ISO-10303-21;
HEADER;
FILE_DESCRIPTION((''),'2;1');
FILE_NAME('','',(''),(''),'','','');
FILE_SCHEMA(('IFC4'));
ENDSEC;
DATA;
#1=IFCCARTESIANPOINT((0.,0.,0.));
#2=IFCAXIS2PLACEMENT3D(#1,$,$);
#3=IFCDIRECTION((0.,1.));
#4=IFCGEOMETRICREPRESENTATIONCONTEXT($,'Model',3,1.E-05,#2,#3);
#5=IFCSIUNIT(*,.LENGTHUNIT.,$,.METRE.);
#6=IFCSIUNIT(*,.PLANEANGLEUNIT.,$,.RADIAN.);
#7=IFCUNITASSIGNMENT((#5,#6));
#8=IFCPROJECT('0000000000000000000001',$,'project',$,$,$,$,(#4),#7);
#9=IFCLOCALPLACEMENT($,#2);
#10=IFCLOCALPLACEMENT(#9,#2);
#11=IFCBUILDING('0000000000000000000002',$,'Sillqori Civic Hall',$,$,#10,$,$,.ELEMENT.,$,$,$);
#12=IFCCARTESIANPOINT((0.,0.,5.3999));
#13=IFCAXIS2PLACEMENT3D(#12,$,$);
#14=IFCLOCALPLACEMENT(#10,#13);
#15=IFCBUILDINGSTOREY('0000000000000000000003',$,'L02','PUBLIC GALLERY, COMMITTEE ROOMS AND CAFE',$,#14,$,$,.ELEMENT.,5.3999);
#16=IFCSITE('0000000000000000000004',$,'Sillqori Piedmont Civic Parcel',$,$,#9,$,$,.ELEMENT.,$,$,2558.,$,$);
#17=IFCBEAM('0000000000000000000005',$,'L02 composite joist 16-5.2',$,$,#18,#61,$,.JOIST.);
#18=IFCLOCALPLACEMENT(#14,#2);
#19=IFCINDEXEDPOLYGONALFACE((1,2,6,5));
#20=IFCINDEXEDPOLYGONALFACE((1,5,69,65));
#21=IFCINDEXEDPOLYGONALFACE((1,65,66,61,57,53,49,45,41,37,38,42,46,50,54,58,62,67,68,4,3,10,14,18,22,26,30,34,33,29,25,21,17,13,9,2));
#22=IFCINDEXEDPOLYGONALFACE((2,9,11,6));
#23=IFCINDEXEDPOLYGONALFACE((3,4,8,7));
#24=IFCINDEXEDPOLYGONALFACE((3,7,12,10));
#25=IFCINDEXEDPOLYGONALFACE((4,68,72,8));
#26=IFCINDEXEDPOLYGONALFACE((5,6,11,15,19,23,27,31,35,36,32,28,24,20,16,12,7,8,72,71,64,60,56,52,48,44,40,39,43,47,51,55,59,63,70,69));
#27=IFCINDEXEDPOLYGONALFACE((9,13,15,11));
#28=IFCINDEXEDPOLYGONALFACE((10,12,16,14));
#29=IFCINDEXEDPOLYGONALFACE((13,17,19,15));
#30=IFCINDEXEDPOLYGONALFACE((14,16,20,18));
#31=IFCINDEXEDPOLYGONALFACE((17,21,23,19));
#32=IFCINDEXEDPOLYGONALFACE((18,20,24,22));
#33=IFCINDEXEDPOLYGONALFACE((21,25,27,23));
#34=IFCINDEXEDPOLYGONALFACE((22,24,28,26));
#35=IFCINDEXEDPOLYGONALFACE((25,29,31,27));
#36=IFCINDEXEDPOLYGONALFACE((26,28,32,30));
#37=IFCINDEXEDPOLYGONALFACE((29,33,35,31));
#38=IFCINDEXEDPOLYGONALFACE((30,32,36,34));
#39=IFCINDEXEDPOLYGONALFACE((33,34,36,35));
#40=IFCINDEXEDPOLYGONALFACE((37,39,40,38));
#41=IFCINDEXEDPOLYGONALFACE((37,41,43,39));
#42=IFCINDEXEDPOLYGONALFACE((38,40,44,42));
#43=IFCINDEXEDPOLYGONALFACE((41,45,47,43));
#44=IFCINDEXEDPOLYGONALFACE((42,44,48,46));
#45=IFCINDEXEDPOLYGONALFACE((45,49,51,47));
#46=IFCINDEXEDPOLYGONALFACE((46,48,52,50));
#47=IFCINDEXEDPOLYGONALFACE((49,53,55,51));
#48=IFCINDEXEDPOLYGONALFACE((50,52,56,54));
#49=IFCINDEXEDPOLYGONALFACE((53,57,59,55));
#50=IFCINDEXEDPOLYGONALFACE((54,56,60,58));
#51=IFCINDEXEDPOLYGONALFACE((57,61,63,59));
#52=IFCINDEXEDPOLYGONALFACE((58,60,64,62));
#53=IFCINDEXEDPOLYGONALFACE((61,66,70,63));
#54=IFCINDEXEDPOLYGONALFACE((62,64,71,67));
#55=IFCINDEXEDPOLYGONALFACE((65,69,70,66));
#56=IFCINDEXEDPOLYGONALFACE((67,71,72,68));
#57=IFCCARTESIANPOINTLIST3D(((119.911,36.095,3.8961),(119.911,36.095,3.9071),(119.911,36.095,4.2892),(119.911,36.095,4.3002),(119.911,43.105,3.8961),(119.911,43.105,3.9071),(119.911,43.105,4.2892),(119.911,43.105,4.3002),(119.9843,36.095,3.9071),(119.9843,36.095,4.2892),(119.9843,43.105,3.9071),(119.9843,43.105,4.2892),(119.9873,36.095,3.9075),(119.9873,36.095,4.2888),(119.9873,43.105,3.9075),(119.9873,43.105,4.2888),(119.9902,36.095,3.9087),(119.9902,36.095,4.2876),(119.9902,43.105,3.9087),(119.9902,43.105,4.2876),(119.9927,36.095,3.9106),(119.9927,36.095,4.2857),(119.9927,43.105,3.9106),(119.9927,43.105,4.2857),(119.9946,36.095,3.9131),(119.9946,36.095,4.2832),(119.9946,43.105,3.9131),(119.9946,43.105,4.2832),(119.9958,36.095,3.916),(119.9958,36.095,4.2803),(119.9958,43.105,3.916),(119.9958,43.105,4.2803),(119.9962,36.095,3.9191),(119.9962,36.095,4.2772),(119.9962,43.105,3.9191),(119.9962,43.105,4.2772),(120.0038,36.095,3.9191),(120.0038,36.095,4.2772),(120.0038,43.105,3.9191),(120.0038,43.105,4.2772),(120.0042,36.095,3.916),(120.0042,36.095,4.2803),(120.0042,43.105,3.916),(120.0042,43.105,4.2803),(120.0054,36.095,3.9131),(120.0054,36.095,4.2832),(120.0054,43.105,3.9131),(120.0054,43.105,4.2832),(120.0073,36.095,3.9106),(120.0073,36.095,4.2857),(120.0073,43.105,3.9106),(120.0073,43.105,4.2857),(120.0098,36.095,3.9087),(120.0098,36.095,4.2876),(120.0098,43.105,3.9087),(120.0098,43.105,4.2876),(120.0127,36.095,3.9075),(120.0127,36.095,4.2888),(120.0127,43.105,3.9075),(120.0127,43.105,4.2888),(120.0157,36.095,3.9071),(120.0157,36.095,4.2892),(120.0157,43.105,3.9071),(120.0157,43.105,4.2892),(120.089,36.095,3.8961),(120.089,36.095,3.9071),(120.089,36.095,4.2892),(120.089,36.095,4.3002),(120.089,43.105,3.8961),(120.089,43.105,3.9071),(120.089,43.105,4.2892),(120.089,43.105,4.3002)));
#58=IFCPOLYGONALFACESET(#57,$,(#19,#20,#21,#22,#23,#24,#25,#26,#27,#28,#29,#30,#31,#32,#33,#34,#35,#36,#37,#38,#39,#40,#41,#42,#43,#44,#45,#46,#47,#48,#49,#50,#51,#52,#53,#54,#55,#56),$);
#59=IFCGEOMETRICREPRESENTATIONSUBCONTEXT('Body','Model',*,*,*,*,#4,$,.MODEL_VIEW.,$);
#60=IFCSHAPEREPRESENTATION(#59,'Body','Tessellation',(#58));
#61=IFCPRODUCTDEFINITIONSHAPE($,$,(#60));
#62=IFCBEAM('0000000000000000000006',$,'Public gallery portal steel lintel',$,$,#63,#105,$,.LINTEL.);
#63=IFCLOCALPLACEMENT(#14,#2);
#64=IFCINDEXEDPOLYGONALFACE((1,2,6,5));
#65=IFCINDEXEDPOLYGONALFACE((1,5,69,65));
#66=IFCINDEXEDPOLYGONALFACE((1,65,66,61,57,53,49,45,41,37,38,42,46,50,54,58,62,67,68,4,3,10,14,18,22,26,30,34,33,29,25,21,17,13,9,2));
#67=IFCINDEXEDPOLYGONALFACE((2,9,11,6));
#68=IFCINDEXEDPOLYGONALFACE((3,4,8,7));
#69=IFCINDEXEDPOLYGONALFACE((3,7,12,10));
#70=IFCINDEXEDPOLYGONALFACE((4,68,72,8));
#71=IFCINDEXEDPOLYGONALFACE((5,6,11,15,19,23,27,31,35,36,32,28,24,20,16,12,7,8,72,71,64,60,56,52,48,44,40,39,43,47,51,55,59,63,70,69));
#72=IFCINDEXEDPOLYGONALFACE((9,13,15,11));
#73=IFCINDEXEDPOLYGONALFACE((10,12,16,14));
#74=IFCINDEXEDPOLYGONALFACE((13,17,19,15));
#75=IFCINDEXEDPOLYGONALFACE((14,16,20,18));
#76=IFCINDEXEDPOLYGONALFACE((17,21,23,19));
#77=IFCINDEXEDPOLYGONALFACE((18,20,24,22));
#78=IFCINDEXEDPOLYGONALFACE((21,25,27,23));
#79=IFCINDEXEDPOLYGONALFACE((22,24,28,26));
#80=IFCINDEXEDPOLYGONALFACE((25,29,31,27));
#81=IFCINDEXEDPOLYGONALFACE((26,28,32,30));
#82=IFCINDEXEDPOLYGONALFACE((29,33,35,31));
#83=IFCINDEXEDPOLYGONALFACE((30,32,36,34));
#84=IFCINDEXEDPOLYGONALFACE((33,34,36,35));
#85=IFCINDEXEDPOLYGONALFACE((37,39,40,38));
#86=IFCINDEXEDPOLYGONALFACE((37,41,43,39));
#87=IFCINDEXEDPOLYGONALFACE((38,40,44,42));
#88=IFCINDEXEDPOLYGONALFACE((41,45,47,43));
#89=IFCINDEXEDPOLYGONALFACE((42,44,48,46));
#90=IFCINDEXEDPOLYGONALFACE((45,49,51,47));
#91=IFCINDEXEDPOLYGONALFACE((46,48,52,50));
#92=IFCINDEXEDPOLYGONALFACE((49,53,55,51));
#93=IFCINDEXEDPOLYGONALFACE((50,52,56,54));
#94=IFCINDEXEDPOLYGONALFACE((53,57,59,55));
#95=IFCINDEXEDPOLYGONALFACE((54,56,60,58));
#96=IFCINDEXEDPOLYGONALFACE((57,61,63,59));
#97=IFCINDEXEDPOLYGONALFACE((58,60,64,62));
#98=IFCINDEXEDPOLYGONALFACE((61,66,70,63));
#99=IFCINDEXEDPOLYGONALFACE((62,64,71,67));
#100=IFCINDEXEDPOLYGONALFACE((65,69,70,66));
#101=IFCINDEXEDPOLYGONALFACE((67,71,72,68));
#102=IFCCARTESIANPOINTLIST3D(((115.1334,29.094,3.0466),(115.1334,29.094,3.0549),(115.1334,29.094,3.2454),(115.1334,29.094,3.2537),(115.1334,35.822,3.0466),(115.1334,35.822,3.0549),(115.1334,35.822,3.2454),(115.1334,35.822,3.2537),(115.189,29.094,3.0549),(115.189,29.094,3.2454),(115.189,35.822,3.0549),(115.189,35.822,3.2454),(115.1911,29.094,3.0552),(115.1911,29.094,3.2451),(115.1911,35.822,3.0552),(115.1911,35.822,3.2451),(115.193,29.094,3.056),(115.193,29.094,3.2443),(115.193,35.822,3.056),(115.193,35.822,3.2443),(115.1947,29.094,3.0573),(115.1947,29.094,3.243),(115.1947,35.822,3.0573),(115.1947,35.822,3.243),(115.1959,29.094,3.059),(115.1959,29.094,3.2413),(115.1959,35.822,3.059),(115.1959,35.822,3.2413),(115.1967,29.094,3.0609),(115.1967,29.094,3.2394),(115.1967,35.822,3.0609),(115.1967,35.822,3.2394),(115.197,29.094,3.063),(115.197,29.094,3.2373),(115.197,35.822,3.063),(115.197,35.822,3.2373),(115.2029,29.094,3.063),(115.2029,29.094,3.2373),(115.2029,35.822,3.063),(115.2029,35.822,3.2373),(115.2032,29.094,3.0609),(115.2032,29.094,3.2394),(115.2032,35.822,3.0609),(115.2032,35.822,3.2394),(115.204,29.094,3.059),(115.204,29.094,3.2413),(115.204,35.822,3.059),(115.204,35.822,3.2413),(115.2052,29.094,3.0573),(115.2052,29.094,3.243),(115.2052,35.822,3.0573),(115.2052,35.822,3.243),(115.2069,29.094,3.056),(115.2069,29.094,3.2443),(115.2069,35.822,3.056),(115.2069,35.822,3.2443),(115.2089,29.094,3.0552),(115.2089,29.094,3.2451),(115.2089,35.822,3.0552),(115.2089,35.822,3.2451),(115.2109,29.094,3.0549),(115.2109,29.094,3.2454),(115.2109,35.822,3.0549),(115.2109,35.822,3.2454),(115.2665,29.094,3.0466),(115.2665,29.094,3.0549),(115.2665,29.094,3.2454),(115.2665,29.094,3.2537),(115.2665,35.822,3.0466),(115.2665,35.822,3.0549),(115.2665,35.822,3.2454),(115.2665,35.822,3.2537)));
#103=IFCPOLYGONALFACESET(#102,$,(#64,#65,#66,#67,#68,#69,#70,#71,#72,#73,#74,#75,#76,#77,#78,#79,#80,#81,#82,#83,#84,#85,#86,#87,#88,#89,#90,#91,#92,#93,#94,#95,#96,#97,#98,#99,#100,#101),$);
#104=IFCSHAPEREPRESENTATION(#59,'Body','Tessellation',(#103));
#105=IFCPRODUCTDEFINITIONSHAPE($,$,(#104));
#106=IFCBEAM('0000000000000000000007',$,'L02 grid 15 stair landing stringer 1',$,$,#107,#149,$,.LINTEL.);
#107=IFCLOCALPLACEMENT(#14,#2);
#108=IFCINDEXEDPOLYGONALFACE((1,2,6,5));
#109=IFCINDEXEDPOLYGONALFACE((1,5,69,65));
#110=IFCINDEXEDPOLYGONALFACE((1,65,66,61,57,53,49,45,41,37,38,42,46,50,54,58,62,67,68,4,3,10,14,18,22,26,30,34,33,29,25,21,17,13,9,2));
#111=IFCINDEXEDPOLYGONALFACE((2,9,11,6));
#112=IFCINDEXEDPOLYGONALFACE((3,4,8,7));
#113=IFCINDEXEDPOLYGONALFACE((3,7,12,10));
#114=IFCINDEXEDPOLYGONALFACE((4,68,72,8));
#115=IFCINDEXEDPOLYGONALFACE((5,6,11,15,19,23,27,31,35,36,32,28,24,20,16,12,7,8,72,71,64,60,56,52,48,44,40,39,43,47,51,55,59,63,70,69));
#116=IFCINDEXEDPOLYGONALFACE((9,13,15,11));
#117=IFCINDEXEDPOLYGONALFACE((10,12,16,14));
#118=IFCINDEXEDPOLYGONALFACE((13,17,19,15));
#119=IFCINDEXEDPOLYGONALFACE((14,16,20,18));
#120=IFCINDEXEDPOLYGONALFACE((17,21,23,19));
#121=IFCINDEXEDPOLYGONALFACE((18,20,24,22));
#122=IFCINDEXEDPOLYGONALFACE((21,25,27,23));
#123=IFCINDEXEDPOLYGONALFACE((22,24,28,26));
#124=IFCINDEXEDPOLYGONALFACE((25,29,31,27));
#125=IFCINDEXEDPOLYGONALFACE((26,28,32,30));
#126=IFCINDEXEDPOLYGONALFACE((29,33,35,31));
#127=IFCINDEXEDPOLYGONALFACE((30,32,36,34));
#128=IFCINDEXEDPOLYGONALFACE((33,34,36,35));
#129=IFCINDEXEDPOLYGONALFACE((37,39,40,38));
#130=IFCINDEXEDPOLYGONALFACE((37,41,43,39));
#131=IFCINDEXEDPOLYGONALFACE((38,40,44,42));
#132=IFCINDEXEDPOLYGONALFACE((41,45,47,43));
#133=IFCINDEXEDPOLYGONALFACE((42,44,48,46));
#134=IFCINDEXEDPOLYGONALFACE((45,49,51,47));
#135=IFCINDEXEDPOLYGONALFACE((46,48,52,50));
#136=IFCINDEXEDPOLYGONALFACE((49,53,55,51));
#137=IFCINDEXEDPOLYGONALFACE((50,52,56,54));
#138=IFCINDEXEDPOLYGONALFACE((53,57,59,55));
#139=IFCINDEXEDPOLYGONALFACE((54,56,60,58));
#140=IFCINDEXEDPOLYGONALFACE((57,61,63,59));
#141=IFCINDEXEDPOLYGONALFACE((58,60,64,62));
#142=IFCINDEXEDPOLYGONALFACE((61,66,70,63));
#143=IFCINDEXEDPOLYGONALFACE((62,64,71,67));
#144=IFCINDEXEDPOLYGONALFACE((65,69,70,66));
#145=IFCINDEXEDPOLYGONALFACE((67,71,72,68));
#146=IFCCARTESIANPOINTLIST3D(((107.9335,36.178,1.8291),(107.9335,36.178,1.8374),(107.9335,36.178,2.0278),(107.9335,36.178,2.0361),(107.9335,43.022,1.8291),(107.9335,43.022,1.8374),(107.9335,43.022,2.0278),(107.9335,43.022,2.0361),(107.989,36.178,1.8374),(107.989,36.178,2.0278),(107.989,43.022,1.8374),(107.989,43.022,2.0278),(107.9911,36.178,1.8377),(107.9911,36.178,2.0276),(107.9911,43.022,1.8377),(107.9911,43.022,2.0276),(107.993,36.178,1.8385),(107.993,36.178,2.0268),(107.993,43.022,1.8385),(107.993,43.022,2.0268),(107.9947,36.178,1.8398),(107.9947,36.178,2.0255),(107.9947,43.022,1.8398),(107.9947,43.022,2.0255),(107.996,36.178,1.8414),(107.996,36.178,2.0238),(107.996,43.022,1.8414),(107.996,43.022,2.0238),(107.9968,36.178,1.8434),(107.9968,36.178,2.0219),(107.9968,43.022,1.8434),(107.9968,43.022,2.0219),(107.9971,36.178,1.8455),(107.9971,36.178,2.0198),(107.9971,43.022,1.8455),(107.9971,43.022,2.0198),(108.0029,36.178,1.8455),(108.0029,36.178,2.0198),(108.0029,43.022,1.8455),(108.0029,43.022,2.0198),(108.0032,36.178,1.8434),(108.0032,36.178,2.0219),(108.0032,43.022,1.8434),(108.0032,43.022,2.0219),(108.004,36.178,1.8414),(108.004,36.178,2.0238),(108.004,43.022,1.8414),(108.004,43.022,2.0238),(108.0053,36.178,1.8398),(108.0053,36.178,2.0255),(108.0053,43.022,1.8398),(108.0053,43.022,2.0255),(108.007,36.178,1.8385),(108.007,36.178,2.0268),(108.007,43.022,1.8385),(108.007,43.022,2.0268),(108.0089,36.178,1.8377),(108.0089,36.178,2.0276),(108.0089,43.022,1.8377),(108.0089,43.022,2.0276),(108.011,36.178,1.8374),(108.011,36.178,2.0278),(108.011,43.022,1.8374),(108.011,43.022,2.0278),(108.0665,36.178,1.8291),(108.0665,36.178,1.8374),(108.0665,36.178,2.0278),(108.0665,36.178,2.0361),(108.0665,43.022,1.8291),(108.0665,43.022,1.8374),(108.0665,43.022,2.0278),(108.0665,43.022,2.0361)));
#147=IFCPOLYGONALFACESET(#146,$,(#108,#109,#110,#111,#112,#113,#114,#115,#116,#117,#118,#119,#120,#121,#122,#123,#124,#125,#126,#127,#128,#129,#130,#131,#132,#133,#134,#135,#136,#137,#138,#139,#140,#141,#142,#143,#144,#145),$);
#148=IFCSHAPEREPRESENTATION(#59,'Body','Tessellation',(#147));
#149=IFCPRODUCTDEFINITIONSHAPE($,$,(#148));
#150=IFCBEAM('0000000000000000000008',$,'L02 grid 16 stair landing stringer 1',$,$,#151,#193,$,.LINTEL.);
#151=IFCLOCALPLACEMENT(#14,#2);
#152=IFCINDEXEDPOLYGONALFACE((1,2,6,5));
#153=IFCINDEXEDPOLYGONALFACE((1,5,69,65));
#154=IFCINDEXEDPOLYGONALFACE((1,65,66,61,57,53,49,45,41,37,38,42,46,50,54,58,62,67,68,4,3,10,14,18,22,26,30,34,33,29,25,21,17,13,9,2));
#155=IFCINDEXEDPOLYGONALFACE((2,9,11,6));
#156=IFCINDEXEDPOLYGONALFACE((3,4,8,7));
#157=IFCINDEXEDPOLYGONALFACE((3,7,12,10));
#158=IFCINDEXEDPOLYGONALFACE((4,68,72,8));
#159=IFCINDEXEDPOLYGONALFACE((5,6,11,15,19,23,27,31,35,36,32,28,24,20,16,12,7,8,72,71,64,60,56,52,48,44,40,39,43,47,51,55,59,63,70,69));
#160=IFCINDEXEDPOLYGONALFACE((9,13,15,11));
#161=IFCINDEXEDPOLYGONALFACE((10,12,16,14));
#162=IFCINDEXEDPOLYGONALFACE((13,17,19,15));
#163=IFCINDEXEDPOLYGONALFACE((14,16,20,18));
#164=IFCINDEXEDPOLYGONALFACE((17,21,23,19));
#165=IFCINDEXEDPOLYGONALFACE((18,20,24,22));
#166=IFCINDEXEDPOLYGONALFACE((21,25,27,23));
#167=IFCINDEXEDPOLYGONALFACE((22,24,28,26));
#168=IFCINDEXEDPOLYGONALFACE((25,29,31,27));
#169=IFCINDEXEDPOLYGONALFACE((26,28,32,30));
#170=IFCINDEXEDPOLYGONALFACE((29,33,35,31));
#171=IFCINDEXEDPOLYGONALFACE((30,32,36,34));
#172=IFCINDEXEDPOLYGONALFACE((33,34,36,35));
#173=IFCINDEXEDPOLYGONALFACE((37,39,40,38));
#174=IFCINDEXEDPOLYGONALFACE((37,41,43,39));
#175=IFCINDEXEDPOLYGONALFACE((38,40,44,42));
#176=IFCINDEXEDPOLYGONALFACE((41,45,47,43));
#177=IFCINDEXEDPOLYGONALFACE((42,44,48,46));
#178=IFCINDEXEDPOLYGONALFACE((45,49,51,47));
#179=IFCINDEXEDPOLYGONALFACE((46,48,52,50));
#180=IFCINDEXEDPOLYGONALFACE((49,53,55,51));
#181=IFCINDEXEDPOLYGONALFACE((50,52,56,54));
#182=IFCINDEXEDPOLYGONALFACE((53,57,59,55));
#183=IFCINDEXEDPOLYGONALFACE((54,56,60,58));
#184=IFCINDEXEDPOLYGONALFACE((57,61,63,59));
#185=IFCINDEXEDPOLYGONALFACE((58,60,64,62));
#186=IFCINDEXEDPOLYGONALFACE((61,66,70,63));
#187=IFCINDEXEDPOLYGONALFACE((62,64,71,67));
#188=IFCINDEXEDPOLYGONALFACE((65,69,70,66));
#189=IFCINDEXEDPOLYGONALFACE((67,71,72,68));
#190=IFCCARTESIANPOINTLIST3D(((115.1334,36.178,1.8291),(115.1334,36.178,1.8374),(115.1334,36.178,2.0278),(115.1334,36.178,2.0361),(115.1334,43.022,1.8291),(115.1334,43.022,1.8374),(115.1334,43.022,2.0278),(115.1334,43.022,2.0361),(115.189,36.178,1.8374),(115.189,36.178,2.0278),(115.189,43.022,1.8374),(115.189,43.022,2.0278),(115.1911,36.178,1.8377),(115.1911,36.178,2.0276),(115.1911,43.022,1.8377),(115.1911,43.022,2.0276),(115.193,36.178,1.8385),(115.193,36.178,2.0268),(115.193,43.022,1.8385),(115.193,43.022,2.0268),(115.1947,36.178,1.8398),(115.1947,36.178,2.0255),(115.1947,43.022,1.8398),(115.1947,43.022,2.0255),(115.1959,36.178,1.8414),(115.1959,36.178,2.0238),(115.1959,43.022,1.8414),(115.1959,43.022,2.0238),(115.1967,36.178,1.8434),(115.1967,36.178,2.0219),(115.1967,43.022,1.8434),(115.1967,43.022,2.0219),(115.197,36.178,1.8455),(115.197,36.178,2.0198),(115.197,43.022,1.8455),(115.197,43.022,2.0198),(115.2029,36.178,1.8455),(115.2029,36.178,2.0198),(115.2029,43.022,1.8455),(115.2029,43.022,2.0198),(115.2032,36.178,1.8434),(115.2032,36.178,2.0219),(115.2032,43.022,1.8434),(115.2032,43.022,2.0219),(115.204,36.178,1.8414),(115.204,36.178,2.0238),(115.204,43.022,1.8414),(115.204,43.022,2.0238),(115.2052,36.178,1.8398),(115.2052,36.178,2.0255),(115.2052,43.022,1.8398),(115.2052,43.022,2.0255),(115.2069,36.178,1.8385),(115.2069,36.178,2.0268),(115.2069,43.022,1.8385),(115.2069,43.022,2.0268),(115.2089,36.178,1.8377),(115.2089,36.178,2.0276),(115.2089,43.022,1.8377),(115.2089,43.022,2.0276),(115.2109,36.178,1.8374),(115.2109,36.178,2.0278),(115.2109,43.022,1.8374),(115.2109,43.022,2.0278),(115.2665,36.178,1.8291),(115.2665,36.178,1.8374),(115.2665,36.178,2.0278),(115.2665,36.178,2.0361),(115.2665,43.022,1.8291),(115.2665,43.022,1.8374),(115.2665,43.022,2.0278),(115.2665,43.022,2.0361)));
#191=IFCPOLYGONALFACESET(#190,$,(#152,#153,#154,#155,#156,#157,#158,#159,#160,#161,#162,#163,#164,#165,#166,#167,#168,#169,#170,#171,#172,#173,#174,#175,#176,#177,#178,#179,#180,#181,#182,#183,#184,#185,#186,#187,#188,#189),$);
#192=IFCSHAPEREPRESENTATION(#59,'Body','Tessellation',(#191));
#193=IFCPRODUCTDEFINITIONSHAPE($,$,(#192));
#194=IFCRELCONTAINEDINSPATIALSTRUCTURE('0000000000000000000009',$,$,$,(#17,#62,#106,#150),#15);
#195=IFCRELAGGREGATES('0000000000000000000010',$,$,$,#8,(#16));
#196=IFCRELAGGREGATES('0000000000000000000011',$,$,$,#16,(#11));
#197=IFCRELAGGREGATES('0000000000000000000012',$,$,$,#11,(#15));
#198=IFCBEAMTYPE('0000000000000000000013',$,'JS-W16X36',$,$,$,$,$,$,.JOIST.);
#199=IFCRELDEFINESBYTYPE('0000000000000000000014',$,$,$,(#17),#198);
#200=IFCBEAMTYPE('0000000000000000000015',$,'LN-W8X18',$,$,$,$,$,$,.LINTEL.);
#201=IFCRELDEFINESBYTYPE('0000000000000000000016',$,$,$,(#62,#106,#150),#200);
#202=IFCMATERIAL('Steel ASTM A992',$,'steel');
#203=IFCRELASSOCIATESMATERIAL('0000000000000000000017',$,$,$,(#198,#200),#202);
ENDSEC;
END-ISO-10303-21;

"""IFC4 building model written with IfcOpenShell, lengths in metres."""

from ifc_helpers import new_model, si_unit, direction, frame, origin, origin_2d, place, context, subcontext, project, spatial, i_section, extrude, material, material_profile, profile_set, type_object, element, save


model = new_model("IFC4")

# Units and contexts
model_context = context("Model", 3, precision=1e-05, world=origin(), true_north=direction((0.0, 1.0)))
body_context = subcontext(model_context, "Body", "Model", "MODEL_VIEW")
ifc_project = project(units=[si_unit("LENGTHUNIT", "METRE"), si_unit("PLANEANGLEUNIT", "RADIAN")], contexts=[model_context])

# Site, building, storey
site_placement = place(None, origin())
site = spatial("IfcSite", under=ifc_project, at=site_placement, Name="Sillqori Piedmont Civic Parcel", CompositionType="ELEMENT", RefElevation=2558.0)
building_placement = place(site_placement, origin())
building = spatial("IfcBuilding", under=site, at=building_placement, Name="Sillqori Civic Hall", CompositionType="ELEMENT")
storey_placement = place(building_placement, frame((0.0, 0.0, 5.3999)))
storey = spatial("IfcBuildingStorey", under=building, at=storey_placement, Name="L02", Description="PUBLIC GALLERY, COMMITTEE ROOMS AND CAFE", CompositionType="ELEMENT", Elevation=5.3999)

# Shared definitions
ifc_material_1 = material(Name="Steel ASTM A992", Category="steel")

# Beams
ifc_material_profile_1 = material_profile(ifc_material_1, i_section(OverallWidth=0.178, OverallDepth=0.4041, WebThickness=0.0076, FlangeThickness=0.011, FilletRadius=0.012, at=origin_2d()), Name="W16X36")
ifc_profile_set_1 = profile_set([ifc_material_profile_1], Name="Steel ASTM A992")
beam_type_1 = type_object("IfcBeamType", Name="JS-W16X36", PredefinedType="JOIST", material=ifc_profile_set_1)
for number, where, z_axis, x_axis, name in (
    (1, (120.0, 36.095, 4.0981), (0.0, 1.0, 0.0), (-1.0, 0.0, 0.0), "L02 composite joist 16-5.2"),
):
    element("IfcBeam", number, at=place(storey_placement, frame(where, z_axis=z_axis, x_axis=x_axis)), inside=storey, type_object=beam_type_1, Name=name, PredefinedType="JOIST", context=body_context, shape_type="SweptSolid", body=[
        extrude(i_section(OverallWidth=0.178, OverallDepth=0.4041, WebThickness=0.0076, FlangeThickness=0.011, FilletRadius=0.012, at=origin_2d()), origin(), (0.0, 0.0, 1.0), 7.01),
    ])
ifc_material_profile_2 = material_profile(ifc_material_1, i_section(OverallWidth=0.1331, OverallDepth=0.207, WebThickness=0.0059, FlangeThickness=0.0083, FilletRadius=0.0081, at=origin_2d()), Name="W8X18")
ifc_profile_set_2 = profile_set([ifc_material_profile_2], Name="Steel ASTM A992")
beam_type_2 = type_object("IfcBeamType", Name="LN-W8X18", PredefinedType="LINTEL", material=ifc_profile_set_2)
beam_1_placement = place(storey_placement, frame((115.2, 29.094, 3.1501), z_axis=(0.0, 1.0, 0.0), x_axis=(-1.0, 0.0, 0.0)))
element("IfcBeam", 2, at=beam_1_placement, inside=storey, type_object=beam_type_2, Name="Public gallery portal steel lintel", PredefinedType="LINTEL", context=body_context, shape_type="SweptSolid", body=[
    extrude(i_section(OverallWidth=0.1331, OverallDepth=0.207, WebThickness=0.0059, FlangeThickness=0.0083, FilletRadius=0.0081, at=origin_2d()), origin(), (0.0, 0.0, 1.0), 6.728),
])
for number, where, z_axis, x_axis, name in (
    (3, (108.0, 36.178, 1.9326), (0.0, 1.0, 0.0), (-1.0, 0.0, 0.0), "L02 grid 15 stair landing stringer 1"),
    (4, (115.2, 36.178, 1.9326), (0.0, 1.0, 0.0), (-1.0, 0.0, 0.0), "L02 grid 16 stair landing stringer 1"),
):
    element("IfcBeam", number, at=place(storey_placement, frame(where, z_axis=z_axis, x_axis=x_axis)), inside=storey, type_object=beam_type_2, Name=name, PredefinedType="LINTEL", context=body_context, shape_type="SweptSolid", body=[
        extrude(i_section(OverallWidth=0.1331, OverallDepth=0.207, WebThickness=0.0059, FlangeThickness=0.0083, FilletRadius=0.0081, at=origin_2d()), origin(), (0.0, 0.0, 1.0), 6.844),
    ])

save(model, "model.ifc")
